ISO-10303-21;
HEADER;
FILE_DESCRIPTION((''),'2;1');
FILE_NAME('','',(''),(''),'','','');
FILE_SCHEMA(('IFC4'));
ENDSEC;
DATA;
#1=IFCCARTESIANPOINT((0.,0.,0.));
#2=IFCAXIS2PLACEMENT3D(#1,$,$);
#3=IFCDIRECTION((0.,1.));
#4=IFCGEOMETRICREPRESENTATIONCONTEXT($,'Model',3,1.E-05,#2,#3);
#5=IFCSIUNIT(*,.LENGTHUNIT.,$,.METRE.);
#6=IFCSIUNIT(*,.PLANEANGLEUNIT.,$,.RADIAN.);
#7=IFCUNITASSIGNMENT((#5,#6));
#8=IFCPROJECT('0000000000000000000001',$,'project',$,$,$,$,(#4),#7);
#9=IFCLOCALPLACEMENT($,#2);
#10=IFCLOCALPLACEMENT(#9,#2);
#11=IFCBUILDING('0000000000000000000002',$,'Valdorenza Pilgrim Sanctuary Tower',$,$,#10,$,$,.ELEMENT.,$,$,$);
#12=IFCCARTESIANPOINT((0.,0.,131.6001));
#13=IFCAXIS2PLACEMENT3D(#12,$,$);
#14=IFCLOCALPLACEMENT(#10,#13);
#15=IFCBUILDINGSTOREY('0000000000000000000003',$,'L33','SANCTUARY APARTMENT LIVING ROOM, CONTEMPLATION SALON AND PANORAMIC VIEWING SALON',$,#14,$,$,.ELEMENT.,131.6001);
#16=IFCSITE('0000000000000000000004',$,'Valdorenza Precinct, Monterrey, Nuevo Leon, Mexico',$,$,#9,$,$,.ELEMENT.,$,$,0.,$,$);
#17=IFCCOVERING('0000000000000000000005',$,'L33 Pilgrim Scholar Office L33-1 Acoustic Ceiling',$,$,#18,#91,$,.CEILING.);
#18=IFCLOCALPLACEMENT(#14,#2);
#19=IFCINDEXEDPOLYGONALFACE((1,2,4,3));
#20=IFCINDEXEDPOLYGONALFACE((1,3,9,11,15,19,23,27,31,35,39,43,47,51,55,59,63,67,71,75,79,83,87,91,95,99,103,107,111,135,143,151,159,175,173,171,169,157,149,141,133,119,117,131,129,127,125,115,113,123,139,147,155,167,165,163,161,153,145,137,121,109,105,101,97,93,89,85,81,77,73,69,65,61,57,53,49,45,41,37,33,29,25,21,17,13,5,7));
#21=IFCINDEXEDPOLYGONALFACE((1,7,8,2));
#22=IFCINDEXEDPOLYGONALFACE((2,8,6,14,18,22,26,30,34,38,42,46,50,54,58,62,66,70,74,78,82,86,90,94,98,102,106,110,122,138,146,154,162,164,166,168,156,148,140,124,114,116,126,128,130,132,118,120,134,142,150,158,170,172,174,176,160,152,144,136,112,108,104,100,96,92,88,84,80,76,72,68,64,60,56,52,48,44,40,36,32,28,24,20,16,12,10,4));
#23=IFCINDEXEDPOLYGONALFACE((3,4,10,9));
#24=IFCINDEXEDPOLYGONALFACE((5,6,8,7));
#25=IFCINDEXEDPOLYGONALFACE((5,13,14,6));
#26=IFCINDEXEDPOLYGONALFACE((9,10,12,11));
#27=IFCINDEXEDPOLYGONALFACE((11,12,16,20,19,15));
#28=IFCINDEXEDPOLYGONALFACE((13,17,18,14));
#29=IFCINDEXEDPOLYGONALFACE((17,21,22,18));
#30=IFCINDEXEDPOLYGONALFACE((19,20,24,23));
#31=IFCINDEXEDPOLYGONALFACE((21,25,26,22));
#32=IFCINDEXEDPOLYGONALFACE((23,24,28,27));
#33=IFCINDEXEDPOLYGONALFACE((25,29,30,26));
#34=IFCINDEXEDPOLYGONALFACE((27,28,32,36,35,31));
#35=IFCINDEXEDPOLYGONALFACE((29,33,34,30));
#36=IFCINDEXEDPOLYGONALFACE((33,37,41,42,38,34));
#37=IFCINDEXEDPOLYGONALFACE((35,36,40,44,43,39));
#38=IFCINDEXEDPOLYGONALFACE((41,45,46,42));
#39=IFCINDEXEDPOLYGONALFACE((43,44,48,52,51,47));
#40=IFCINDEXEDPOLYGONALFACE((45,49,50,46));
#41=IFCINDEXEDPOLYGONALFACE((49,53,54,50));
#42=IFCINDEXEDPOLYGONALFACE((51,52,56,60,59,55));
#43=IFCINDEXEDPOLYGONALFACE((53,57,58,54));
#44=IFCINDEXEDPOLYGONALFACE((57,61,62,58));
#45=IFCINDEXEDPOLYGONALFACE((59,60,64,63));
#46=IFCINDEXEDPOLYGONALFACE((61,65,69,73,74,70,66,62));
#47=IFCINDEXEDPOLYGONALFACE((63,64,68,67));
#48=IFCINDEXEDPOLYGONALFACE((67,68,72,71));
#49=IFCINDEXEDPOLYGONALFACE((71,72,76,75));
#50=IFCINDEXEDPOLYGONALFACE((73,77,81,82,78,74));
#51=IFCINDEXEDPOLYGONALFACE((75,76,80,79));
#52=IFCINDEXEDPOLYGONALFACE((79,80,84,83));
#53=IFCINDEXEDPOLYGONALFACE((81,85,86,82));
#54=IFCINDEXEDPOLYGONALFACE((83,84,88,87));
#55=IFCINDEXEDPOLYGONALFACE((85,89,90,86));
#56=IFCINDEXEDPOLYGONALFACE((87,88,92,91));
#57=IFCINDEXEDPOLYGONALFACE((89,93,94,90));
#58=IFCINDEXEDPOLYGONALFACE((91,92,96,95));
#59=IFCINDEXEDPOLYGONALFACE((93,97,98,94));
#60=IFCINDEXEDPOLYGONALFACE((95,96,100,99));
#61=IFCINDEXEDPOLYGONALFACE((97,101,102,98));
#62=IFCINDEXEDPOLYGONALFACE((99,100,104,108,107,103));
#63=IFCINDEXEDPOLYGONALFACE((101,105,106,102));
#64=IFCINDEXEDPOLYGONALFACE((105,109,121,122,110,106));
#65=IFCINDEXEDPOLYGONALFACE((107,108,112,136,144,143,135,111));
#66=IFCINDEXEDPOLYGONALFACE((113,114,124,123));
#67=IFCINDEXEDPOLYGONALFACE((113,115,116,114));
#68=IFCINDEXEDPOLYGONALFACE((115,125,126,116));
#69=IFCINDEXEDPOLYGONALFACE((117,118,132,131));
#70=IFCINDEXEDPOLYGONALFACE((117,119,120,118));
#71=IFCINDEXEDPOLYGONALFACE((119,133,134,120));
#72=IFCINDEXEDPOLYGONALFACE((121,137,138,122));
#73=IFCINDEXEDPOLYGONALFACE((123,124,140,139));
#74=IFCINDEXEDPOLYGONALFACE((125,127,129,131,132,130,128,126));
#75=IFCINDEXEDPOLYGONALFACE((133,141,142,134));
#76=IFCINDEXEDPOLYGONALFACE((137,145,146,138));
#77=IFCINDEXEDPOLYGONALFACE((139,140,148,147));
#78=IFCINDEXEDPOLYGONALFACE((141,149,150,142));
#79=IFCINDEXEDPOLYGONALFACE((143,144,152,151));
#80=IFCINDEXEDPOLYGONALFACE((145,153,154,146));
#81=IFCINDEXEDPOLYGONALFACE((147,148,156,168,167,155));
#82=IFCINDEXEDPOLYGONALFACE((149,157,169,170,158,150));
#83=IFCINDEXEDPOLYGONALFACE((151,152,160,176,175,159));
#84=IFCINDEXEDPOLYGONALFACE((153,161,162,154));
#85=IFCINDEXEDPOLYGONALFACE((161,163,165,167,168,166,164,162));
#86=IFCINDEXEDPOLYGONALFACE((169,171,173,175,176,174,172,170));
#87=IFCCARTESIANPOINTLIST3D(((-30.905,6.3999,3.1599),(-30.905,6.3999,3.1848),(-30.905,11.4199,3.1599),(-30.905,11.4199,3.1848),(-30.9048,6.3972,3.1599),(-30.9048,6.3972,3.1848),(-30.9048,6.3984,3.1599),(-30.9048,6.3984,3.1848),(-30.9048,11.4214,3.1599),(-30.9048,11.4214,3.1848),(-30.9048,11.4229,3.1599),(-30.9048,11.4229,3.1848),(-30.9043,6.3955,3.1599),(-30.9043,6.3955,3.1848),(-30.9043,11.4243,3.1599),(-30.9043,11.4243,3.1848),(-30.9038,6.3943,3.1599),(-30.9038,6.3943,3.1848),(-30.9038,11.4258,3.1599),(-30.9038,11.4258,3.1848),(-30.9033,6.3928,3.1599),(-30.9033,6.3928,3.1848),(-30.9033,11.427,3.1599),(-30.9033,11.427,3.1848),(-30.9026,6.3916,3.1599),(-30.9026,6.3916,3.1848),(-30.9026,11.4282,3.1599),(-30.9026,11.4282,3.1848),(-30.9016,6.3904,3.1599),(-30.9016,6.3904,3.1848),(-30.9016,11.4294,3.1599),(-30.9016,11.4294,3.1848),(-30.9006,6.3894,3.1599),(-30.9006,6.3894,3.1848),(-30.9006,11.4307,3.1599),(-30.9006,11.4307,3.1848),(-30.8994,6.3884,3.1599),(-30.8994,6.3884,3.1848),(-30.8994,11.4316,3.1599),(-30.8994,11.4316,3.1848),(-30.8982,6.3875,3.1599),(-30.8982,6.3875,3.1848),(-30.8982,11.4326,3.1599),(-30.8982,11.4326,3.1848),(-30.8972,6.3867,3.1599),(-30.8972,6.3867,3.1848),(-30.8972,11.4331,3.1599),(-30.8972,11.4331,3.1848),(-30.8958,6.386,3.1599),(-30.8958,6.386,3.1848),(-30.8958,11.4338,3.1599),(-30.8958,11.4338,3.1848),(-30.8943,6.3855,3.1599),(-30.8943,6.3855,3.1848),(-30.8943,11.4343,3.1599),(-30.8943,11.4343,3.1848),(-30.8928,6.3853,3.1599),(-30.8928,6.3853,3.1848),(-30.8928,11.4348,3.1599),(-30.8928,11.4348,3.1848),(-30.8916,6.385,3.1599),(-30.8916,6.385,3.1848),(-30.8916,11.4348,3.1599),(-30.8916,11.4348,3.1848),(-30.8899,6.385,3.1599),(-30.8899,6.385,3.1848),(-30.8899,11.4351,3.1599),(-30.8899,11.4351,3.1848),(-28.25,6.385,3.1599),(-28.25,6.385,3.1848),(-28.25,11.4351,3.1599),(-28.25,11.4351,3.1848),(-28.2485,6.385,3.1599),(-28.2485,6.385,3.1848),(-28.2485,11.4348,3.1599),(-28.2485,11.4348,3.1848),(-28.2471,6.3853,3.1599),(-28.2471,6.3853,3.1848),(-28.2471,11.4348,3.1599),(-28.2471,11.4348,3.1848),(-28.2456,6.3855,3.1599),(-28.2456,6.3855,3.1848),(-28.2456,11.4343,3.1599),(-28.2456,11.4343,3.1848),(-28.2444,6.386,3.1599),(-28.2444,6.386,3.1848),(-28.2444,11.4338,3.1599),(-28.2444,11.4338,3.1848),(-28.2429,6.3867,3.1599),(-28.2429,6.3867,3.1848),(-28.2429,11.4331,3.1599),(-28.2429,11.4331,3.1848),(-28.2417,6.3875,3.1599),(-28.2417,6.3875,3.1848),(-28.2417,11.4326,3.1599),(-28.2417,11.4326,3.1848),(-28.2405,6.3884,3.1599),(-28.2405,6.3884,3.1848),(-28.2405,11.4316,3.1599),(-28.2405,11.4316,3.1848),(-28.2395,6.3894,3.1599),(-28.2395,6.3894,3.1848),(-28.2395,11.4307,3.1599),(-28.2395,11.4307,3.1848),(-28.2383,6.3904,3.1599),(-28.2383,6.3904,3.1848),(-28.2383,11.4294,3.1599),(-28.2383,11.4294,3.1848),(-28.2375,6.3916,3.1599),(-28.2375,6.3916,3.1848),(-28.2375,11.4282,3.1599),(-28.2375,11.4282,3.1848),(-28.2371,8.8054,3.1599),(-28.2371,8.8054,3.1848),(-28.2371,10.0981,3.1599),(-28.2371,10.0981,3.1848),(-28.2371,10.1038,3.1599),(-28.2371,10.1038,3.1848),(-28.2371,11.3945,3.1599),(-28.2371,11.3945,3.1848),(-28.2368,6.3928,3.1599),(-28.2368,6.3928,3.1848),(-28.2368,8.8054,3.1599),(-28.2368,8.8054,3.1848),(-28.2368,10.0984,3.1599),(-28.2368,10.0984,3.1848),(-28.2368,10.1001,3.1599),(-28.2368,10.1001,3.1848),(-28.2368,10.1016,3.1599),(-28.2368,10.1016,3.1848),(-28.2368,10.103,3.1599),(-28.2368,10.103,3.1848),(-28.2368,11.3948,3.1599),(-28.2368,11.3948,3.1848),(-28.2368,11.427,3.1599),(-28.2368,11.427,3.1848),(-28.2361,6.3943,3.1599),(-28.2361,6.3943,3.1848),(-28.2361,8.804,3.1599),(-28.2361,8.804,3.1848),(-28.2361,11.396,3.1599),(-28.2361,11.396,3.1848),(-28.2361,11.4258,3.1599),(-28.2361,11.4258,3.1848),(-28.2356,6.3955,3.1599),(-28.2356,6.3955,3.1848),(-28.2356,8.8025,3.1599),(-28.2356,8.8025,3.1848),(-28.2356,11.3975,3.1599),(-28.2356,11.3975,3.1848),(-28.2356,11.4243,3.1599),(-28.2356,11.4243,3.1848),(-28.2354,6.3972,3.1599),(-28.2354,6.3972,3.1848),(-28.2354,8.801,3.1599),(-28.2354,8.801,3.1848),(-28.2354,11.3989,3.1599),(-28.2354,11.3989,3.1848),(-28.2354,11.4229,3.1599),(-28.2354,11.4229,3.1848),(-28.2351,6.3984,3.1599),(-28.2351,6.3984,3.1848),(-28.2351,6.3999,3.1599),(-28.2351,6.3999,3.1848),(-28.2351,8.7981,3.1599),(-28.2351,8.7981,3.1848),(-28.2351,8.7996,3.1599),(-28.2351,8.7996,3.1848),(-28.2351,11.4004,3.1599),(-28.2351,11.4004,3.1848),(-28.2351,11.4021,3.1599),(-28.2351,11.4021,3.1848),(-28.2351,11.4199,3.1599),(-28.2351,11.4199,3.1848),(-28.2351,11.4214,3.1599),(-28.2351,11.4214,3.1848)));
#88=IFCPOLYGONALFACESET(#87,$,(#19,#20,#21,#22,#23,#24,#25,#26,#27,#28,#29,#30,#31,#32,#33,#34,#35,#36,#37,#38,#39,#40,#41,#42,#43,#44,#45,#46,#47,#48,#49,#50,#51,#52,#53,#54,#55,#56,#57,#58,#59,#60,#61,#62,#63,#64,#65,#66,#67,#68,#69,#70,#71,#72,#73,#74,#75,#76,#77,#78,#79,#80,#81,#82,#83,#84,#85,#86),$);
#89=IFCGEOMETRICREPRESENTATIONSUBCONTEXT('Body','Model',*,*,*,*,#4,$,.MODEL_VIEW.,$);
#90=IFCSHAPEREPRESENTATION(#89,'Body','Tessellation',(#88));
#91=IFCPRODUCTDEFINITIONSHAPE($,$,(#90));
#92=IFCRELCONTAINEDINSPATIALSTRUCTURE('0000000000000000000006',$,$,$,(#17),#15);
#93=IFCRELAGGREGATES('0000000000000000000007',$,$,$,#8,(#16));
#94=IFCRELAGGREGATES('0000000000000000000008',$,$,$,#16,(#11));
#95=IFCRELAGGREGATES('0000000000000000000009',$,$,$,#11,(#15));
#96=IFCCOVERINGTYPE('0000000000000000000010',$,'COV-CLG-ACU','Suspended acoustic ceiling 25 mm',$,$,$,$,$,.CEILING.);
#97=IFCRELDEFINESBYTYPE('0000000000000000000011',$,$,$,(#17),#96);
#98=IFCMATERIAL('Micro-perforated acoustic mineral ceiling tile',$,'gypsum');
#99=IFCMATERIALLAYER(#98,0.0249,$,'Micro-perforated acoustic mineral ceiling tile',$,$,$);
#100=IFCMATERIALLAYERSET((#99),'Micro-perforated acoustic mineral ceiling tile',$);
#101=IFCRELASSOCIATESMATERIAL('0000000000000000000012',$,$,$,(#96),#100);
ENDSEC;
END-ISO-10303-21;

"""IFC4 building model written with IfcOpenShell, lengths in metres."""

from ifc_helpers import new_model, si_unit, direction, frame, origin, place, context, subcontext, project, spatial, polyline, outline, extrude, material, layer, layer_set, type_object, element, save


model = new_model("IFC4")

# Units and contexts
model_context = context("Model", 3, precision=1e-05, world=origin(), true_north=direction((0.0, 1.0)))
body_context = subcontext(model_context, "Body", "Model", "MODEL_VIEW")
ifc_project = project(units=[si_unit("LENGTHUNIT", "METRE"), si_unit("PLANEANGLEUNIT", "RADIAN")], contexts=[model_context])

# Site, building, storey
site_placement = place(None, origin())
site = spatial("IfcSite", under=ifc_project, at=site_placement, Name="Valdorenza Precinct, Monterrey, Nuevo Leon, Mexico", CompositionType="ELEMENT", RefElevation=0.0)
building_placement = place(site_placement, origin())
building = spatial("IfcBuilding", under=site, at=building_placement, Name="Valdorenza Pilgrim Sanctuary Tower", CompositionType="ELEMENT")
storey_placement = place(building_placement, frame((0.0, 0.0, 131.6001)))
storey = spatial("IfcBuildingStorey", under=building, at=storey_placement, Name="L33", Description="SANCTUARY APARTMENT LIVING ROOM, CONTEMPLATION SALON AND PANORAMIC VIEWING SALON", CompositionType="ELEMENT", Elevation=131.6001)

# Covering
ifc_material_1 = material(Name="Micro-perforated acoustic mineral ceiling tile", Category="gypsum")
ifc_layer_1 = layer(ifc_material_1, 0.0249, Name="Micro-perforated acoustic mineral ceiling tile")
ifc_layer_set_1 = layer_set([ifc_layer_1], Name="Micro-perforated acoustic mineral ceiling tile")
covering_type_1 = type_object("IfcCoveringType", Name="COV-CLG-ACU", Description="Suspended acoustic ceiling 25 mm", PredefinedType="CEILING", material=ifc_layer_set_1)
covering_1_placement = place(storey_placement, frame((0.0, 0.0, 3.1599)))
element("IfcCovering", 1, at=covering_1_placement, inside=storey, type_object=covering_type_1, Name="L33 Pilgrim Scholar Office L33-1 Acoustic Ceiling", PredefinedType="CEILING", context=body_context, shape_type="SweptSolid", body=[
    extrude(outline(polyline([(-28.2371, 8.8054), (-28.2368, 8.8054), (-28.2361, 8.804), (-28.2356, 8.8025), (-28.2354, 8.801), (-28.2351, 8.7996), (-28.2351, 8.7981), (-28.2351, 6.3999), (-28.2351, 6.3984), (-28.2354, 6.3972), (-28.2356, 6.3955), (-28.2361, 6.3943), (-28.2368, 6.3928), (-28.2375, 6.3916), (-28.2383, 6.3904), (-28.2395, 6.3894), (-28.2405, 6.3884), (-28.2417, 6.3875), (-28.2429, 6.3867), (-28.2444, 6.386), (-28.2456, 6.3855), (-28.2471, 6.3853), (-28.2485, 6.385), (-28.25, 6.385), (-30.8899, 6.385), (-30.8916, 6.385), (-30.8928, 6.3853), (-30.8943, 6.3855), (-30.8958, 6.386), (-30.8972, 6.3867), (-30.8982, 6.3875), (-30.8994, 6.3884), (-30.9006, 6.3894), (-30.9016, 6.3904), (-30.9026, 6.3916), (-30.9033, 6.3928), (-30.9038, 6.3943), (-30.9043, 6.3955), (-30.9048, 6.3972), (-30.9048, 6.3984), (-30.905, 6.3999), (-30.905, 11.4199), (-30.9048, 11.4214), (-30.9048, 11.4229), (-30.9043, 11.4243), (-30.9038, 11.4258), (-30.9033, 11.427), (-30.9026, 11.4282), (-30.9016, 11.4294), (-30.9006, 11.4307), (-30.8994, 11.4316), (-30.8982, 11.4326), (-30.8972, 11.4331), (-30.8958, 11.4338), (-30.8943, 11.4343), (-30.8928, 11.4348), (-30.8916, 11.4348), (-30.8899, 11.4351), (-28.25, 11.4351), (-28.2485, 11.4348), (-28.2471, 11.4348), (-28.2456, 11.4343), (-28.2444, 11.4338), (-28.2429, 11.4331), (-28.2417, 11.4326), (-28.2405, 11.4316), (-28.2395, 11.4307), (-28.2383, 11.4294), (-28.2375, 11.4282), (-28.2368, 11.427), (-28.2361, 11.4258), (-28.2356, 11.4243), (-28.2354, 11.4229), (-28.2351, 11.4214), (-28.2351, 11.4199), (-28.2351, 11.4021), (-28.2351, 11.4004), (-28.2354, 11.3989), (-28.2356, 11.3975), (-28.2361, 11.396), (-28.2368, 11.3948), (-28.2371, 11.3945), (-28.2371, 10.1038), (-28.2368, 10.103), (-28.2368, 10.1016), (-28.2368, 10.1001), (-28.2368, 10.0984), (-28.2371, 10.0981), (-28.2371, 8.8054)])), origin(), (0.0, 0.0, 1.0), 0.0249),
])

save(model, "model.ifc")
